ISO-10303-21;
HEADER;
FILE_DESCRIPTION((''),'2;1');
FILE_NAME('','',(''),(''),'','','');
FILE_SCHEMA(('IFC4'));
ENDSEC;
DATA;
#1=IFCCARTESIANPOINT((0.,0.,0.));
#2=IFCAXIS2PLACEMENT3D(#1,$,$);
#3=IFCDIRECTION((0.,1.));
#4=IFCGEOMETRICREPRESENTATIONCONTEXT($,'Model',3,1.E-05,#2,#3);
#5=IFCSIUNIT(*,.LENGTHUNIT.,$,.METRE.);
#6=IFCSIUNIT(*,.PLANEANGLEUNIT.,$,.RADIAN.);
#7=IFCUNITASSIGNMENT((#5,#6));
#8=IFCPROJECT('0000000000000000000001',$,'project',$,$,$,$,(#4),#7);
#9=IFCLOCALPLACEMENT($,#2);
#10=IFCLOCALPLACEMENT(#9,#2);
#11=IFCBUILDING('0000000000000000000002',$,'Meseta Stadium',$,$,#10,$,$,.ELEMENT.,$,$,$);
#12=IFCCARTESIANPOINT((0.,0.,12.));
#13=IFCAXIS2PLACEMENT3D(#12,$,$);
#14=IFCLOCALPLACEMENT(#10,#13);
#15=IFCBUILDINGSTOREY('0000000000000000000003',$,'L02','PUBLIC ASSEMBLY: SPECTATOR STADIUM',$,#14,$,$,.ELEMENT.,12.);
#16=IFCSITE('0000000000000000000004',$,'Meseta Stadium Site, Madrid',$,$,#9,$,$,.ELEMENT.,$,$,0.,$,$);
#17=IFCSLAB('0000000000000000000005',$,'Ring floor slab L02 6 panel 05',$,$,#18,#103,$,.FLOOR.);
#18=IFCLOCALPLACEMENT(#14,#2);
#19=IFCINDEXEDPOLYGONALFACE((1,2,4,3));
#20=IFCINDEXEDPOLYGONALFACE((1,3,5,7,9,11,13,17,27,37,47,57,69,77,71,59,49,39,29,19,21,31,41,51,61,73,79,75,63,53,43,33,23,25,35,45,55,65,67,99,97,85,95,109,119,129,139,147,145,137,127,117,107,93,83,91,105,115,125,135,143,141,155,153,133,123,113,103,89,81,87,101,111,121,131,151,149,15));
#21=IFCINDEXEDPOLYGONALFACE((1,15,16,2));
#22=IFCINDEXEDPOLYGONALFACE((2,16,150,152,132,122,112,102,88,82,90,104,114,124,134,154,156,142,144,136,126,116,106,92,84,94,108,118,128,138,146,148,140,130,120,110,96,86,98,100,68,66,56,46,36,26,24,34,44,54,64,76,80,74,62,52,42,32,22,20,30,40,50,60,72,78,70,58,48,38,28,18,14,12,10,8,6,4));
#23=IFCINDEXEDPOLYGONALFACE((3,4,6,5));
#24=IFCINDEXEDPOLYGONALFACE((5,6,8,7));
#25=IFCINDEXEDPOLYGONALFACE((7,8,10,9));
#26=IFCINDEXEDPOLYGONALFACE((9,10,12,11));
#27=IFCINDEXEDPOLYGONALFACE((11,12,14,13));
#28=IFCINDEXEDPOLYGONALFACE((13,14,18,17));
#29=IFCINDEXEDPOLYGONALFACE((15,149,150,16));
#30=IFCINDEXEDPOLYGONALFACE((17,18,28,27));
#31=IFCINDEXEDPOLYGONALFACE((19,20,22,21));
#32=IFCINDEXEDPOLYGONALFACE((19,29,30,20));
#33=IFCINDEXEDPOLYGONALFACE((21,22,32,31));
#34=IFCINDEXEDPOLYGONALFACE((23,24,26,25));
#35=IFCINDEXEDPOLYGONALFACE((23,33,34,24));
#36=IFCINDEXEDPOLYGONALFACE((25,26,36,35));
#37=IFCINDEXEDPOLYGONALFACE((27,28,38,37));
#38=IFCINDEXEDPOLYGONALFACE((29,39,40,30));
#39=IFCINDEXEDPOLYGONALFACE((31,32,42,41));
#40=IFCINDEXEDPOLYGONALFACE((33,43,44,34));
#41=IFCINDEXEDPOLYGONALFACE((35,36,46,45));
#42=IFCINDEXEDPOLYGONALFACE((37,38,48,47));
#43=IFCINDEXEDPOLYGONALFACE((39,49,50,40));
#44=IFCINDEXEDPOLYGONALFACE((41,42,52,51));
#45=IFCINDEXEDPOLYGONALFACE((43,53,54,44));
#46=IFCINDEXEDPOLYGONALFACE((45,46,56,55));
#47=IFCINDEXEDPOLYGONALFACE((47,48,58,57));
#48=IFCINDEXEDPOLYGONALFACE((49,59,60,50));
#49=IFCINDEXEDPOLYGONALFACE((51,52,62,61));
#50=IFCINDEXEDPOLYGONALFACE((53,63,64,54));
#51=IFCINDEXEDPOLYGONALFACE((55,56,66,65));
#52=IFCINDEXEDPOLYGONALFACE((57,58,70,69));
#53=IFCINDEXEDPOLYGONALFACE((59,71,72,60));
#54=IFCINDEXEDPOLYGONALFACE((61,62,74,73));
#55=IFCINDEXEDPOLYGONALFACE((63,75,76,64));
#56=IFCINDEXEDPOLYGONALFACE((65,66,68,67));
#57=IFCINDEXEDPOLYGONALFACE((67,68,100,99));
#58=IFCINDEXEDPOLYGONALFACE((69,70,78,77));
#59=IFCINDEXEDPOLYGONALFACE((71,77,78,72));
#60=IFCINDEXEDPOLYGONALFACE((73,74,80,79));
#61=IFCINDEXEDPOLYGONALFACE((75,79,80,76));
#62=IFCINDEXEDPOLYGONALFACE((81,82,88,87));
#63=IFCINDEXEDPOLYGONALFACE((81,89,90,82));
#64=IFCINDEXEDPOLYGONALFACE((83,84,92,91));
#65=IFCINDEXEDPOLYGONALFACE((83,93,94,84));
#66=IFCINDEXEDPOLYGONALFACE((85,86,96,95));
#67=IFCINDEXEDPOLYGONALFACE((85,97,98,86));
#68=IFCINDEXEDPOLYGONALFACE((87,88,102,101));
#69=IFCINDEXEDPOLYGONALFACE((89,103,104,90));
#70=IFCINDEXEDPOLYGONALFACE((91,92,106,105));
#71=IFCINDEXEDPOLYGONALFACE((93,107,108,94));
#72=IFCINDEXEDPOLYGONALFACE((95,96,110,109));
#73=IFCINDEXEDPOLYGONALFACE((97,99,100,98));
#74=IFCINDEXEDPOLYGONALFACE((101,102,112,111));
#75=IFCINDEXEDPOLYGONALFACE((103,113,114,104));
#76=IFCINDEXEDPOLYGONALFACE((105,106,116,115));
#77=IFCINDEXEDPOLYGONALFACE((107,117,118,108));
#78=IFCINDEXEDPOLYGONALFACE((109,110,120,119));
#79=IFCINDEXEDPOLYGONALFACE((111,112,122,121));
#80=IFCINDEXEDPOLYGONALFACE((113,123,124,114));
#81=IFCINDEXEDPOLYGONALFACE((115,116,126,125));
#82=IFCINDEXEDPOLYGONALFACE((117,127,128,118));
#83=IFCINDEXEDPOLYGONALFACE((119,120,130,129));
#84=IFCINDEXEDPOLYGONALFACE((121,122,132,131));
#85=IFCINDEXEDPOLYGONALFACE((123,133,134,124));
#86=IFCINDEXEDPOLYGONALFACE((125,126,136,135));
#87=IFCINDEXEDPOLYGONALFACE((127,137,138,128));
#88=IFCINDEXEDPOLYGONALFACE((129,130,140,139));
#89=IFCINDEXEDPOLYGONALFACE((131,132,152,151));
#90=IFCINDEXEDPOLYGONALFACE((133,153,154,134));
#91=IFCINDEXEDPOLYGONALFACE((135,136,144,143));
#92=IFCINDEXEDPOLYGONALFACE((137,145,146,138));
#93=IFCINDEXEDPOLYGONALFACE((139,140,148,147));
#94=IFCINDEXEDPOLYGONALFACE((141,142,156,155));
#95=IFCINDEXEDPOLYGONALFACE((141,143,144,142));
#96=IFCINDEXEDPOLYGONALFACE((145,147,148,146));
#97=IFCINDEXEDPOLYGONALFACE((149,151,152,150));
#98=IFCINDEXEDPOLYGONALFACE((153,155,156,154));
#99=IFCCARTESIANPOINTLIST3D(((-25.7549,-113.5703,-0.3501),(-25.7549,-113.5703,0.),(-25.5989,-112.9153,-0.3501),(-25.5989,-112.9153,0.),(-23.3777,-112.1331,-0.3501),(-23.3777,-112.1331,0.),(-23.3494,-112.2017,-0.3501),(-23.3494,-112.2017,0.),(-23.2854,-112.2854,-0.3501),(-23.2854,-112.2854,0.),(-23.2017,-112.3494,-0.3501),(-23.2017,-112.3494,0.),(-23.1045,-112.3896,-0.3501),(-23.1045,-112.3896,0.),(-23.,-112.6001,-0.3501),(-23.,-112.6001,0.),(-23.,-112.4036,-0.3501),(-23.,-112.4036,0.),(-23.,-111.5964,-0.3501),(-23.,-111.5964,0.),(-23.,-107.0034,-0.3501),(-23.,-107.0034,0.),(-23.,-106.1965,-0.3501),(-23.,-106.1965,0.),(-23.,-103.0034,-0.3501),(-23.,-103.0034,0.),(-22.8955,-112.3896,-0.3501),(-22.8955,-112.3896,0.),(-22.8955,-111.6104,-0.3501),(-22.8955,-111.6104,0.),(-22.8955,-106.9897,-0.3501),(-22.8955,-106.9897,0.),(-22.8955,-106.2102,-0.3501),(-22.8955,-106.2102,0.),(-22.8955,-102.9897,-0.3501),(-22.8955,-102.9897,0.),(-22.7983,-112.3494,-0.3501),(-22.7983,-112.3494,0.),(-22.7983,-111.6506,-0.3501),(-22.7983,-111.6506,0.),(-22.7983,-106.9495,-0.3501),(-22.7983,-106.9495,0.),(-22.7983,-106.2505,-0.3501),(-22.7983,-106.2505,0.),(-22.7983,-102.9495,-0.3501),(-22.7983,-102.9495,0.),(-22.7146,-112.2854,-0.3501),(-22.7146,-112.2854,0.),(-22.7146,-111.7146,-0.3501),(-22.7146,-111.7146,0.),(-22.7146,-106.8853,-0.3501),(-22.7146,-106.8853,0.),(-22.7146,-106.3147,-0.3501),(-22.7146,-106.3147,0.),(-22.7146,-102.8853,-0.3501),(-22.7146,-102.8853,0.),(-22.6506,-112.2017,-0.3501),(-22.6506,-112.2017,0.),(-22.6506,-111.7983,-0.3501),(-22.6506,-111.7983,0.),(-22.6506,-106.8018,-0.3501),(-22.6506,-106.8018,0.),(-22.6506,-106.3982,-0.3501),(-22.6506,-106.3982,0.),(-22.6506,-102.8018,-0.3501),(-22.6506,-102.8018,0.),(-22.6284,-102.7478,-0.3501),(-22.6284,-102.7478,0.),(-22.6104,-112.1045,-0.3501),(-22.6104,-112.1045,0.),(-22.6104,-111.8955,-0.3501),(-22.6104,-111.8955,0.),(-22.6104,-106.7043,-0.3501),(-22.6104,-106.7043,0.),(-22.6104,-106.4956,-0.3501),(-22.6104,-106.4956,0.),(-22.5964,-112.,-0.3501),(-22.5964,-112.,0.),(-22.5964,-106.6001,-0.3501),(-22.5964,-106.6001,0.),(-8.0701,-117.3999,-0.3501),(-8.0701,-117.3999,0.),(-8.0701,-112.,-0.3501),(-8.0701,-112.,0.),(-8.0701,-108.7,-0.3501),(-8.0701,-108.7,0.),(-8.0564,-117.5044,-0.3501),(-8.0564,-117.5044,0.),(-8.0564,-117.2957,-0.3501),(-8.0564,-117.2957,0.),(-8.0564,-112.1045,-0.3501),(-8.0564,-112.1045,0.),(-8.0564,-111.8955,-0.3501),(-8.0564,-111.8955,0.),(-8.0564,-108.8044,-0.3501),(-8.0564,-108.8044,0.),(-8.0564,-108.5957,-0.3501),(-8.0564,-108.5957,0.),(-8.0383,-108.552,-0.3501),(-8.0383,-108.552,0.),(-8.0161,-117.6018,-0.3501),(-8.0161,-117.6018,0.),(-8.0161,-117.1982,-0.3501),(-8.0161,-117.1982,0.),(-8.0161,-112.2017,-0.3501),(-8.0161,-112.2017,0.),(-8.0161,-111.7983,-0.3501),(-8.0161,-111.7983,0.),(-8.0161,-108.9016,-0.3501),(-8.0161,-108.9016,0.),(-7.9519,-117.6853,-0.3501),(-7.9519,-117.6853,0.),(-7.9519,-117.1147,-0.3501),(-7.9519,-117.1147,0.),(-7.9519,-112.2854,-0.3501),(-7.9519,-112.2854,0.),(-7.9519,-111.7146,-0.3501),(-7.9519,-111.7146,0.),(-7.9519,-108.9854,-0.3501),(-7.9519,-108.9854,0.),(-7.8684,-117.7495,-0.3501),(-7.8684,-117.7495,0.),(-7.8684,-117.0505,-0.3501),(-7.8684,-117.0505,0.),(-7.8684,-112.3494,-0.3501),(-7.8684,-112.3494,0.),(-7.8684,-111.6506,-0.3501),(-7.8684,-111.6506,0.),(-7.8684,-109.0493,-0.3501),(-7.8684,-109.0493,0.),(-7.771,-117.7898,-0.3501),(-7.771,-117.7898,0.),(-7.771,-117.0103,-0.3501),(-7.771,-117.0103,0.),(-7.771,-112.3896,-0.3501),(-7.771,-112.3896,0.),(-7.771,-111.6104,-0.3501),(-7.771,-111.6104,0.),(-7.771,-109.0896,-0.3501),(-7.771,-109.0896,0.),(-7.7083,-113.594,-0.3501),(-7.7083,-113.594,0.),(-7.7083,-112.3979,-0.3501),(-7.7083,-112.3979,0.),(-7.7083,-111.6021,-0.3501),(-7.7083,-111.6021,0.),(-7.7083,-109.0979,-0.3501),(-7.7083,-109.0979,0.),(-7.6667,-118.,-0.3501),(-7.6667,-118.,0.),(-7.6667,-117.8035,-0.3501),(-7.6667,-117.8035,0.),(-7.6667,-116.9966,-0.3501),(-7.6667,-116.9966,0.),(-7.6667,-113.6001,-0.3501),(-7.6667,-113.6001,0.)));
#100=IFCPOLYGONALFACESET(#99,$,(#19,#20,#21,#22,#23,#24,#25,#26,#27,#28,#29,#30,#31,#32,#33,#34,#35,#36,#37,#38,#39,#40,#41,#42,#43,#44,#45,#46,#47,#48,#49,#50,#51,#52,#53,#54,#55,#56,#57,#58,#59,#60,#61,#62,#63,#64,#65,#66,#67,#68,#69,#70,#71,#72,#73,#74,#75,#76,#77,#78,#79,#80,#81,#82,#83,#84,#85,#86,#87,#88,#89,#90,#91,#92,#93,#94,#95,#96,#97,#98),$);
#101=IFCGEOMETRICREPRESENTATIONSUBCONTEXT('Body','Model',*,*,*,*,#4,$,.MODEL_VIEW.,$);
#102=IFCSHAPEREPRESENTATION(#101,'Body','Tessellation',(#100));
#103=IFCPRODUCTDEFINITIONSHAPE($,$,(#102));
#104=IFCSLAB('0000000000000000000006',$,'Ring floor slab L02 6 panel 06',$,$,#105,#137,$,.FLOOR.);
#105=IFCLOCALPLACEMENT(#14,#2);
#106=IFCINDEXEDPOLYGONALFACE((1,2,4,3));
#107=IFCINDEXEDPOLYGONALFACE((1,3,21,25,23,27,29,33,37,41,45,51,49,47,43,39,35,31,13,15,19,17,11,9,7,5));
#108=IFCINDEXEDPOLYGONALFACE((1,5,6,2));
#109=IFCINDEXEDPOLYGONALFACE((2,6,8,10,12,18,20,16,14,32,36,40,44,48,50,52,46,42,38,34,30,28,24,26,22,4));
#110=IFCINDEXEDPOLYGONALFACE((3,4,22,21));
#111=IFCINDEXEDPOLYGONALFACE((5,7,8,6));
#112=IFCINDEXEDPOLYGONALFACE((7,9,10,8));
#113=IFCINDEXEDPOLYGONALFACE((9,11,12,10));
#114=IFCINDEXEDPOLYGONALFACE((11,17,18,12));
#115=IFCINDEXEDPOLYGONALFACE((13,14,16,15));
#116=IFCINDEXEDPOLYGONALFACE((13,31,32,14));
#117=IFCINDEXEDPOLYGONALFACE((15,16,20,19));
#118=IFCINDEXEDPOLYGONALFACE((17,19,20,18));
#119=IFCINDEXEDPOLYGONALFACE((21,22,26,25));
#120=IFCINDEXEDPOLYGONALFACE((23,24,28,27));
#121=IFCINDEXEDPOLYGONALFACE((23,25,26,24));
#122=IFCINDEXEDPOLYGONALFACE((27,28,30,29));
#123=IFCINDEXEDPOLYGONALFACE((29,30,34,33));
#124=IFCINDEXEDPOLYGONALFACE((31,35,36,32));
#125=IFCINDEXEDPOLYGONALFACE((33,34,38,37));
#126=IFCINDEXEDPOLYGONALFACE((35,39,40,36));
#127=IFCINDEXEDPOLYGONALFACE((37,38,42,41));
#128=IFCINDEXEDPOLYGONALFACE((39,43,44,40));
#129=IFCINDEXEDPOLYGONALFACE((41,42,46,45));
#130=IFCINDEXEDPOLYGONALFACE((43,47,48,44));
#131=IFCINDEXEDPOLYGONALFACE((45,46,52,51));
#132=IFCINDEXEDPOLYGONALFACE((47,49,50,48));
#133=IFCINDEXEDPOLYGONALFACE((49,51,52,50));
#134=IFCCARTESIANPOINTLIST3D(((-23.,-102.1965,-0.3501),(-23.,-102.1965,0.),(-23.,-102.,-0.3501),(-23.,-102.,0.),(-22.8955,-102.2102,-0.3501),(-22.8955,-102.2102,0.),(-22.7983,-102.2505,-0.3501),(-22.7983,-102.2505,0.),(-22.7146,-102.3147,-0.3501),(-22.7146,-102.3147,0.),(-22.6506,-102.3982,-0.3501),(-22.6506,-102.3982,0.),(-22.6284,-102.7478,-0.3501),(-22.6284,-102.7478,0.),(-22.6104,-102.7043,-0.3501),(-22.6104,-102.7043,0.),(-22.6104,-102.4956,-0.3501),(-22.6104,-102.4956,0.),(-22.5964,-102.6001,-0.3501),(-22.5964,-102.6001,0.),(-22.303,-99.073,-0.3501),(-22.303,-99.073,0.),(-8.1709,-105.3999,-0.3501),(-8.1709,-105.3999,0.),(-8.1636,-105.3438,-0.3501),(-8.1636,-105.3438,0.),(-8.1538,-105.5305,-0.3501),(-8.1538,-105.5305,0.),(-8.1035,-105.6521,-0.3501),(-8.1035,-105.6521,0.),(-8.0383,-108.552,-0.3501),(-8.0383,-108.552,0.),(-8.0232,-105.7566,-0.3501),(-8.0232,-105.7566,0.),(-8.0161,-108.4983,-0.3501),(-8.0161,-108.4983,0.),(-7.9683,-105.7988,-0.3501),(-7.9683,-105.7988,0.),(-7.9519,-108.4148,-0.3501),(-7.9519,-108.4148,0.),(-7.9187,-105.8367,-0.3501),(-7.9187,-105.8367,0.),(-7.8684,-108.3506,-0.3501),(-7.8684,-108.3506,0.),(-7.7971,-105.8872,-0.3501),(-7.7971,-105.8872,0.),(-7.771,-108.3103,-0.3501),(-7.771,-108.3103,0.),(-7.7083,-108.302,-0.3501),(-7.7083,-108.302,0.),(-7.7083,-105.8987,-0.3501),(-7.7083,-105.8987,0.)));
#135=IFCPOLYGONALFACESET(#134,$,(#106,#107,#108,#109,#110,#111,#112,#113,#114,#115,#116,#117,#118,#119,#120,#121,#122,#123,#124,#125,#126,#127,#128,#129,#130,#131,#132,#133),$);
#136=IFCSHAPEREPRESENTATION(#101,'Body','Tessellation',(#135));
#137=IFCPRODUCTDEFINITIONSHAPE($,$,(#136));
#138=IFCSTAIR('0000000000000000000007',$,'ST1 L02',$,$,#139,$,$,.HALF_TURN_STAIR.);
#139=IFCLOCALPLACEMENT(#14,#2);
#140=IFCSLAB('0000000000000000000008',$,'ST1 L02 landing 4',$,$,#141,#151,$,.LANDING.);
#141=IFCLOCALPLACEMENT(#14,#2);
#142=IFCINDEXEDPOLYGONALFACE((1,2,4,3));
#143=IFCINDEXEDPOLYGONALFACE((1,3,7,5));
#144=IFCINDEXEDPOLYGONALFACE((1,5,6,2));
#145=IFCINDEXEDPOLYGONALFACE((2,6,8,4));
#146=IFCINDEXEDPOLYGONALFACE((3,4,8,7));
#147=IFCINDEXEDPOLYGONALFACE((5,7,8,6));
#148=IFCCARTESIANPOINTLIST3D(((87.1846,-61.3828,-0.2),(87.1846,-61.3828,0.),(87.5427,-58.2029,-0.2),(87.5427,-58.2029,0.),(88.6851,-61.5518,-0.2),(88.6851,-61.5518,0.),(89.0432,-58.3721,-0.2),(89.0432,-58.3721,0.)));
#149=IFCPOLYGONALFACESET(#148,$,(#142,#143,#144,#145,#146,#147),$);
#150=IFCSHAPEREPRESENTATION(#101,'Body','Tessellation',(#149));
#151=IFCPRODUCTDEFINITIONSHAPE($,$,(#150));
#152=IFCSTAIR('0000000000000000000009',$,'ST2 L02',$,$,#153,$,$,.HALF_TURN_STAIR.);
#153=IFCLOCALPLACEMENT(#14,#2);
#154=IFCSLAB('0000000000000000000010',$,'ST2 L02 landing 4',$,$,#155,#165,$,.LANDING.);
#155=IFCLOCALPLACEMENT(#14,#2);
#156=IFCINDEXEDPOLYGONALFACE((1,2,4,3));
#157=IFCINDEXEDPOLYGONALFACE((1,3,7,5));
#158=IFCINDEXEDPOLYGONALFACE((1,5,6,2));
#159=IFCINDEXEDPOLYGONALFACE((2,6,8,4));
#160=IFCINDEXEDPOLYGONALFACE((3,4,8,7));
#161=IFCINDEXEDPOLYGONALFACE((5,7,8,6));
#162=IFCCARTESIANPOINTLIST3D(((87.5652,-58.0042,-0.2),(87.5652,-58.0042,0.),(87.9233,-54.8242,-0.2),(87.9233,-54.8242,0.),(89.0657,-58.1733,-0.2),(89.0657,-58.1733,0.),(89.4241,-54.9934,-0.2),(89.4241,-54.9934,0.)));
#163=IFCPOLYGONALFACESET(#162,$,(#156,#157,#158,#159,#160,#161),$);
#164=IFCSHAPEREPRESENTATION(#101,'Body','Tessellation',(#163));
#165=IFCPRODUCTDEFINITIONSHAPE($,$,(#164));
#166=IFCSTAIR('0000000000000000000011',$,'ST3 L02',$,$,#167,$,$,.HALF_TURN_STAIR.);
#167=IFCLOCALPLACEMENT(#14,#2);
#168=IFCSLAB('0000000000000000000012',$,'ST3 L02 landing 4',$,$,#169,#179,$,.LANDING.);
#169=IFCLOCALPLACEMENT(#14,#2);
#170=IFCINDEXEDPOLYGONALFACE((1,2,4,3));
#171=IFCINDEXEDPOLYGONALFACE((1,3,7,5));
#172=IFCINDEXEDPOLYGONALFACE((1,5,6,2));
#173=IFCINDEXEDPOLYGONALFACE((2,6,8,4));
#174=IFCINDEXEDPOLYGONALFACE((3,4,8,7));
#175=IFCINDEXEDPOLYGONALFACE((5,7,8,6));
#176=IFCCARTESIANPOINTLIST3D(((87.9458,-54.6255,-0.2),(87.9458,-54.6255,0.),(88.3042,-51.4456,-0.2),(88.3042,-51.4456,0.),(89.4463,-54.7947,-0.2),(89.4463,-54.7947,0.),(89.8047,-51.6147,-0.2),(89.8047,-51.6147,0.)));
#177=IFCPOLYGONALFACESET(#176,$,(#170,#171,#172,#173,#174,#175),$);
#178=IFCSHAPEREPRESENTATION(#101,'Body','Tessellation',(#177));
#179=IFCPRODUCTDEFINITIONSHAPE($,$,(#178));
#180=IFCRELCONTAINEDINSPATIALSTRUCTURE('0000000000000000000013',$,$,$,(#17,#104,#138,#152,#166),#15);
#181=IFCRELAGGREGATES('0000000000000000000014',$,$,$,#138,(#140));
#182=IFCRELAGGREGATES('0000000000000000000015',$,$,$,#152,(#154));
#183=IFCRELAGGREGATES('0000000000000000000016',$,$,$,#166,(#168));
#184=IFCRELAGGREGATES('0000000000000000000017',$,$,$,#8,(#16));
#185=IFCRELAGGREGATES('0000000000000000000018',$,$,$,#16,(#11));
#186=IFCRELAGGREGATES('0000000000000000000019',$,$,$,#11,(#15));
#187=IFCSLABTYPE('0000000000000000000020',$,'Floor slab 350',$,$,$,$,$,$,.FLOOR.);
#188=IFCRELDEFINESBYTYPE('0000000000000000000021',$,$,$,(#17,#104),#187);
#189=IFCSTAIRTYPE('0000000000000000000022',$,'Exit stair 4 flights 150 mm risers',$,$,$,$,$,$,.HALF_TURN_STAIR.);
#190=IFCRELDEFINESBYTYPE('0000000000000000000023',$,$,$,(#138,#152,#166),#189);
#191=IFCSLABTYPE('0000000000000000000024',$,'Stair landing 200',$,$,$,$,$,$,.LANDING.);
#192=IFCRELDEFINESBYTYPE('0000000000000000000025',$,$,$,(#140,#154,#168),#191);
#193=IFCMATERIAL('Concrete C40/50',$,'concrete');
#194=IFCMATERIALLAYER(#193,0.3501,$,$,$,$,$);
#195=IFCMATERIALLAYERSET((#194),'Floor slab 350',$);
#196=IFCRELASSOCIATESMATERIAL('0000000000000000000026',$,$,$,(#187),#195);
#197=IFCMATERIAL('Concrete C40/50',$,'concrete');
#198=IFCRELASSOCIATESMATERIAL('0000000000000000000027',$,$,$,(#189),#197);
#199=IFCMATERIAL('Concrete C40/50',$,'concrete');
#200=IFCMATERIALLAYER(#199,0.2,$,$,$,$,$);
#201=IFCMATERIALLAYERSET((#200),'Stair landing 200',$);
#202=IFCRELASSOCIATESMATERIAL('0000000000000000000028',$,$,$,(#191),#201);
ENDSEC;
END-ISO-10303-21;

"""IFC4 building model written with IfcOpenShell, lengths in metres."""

from ifc_helpers import new_model, si_unit, direction, frame, origin, place, context, subcontext, project, spatial, polyline, outline, extrude, material, layer, layer_set, type_object, element, aggregate, save


model = new_model("IFC4")

# Units and contexts
model_context = context("Model", 3, precision=1e-05, world=origin(), true_north=direction((0.0, 1.0)))
body_context = subcontext(model_context, "Body", "Model", "MODEL_VIEW")
ifc_project = project(units=[si_unit("LENGTHUNIT", "METRE"), si_unit("PLANEANGLEUNIT", "RADIAN")], contexts=[model_context])

# Site, building, storey
site_placement = place(None, origin())
site = spatial("IfcSite", under=ifc_project, at=site_placement, Name="Meseta Stadium Site, Madrid", CompositionType="ELEMENT", RefElevation=0.0)
building_placement = place(site_placement, origin())
building = spatial("IfcBuilding", under=site, at=building_placement, Name="Meseta Stadium", CompositionType="ELEMENT")
storey_placement = place(building_placement, frame((0.0, 0.0, 12.0)))
storey = spatial("IfcBuildingStorey", under=building, at=storey_placement, Name="L02", Description="PUBLIC ASSEMBLY: SPECTATOR STADIUM", CompositionType="ELEMENT", Elevation=12.0)

# Slabs
ifc_material_1 = material(Name="Concrete C40/50", Category="concrete")
ifc_layer_1 = layer(ifc_material_1, 0.3501)
ifc_layer_set_1 = layer_set([ifc_layer_1], Name="Floor slab 350")
slab_type_1 = type_object("IfcSlabType", Name="Floor slab 350", PredefinedType="FLOOR", material=ifc_layer_set_1)
slab_1_placement = place(storey_placement, frame((0.0, 0.0, -0.3501)))
element("IfcSlab", 1, at=slab_1_placement, inside=storey, type_object=slab_type_1, Name="Ring floor slab L02 6 panel 05", PredefinedType="FLOOR", context=body_context, shape_type="SweptSolid", body=[
    extrude(outline(polyline([(-7.6667, -116.9966), (-7.6667, -113.6001), (-7.7083, -113.594), (-7.7083, -112.3979), (-7.771, -112.3896), (-7.8684, -112.3494), (-7.9519, -112.2854), (-8.0161, -112.2017), (-8.0564, -112.1045), (-8.0701, -112.0), (-8.0564, -111.8955), (-8.0161, -111.7983), (-7.9519, -111.7146), (-7.8684, -111.6506), (-7.771, -111.6104), (-7.7083, -111.6021), (-7.7083, -109.0979), (-7.771, -109.0896), (-7.8684, -109.0493), (-7.9519, -108.9854), (-8.0161, -108.9016), (-8.0564, -108.8044), (-8.0701, -108.7), (-8.0564, -108.5957), (-8.0383, -108.552), (-22.6284, -102.7478), (-22.6506, -102.8018), (-22.7146, -102.8853), (-22.7983, -102.9495), (-22.8955, -102.9897), (-23.0, -103.0034), (-23.0, -106.1965), (-22.8955, -106.2102), (-22.7983, -106.2505), (-22.7146, -106.3147), (-22.6506, -106.3982), (-22.6104, -106.4956), (-22.5964, -106.6001), (-22.6104, -106.7043), (-22.6506, -106.8018), (-22.7146, -106.8853), (-22.7983, -106.9495), (-22.8955, -106.9897), (-23.0, -107.0034), (-23.0, -111.5964), (-22.8955, -111.6104), (-22.7983, -111.6506), (-22.7146, -111.7146), (-22.6506, -111.7983), (-22.6104, -111.8955), (-22.5964, -112.0), (-22.6104, -112.1045), (-22.6506, -112.2017), (-22.7146, -112.2854), (-22.7983, -112.3494), (-22.8955, -112.3896), (-23.0, -112.4036), (-23.1045, -112.3896), (-23.2017, -112.3494), (-23.2854, -112.2854), (-23.3494, -112.2017), (-23.3777, -112.1331), (-25.5989, -112.9153), (-25.7549, -113.5703), (-23.0, -112.6001), (-7.6667, -118.0), (-7.6667, -117.8035), (-7.771, -117.7898), (-7.8684, -117.7495), (-7.9519, -117.6853), (-8.0161, -117.6018), (-8.0564, -117.5044), (-8.0701, -117.3999), (-8.0564, -117.2957), (-8.0161, -117.1982), (-7.9519, -117.1147), (-7.8684, -117.0505), (-7.771, -117.0103), (-7.6667, -116.9966)])), origin(), (0.0, 0.0, 1.0), 0.3501),
])
slab_2_placement = place(storey_placement, frame((0.0, 0.0, -0.3501)))
element("IfcSlab", 2, at=slab_2_placement, inside=storey, type_object=slab_type_1, Name="Ring floor slab L02 6 panel 06", PredefinedType="FLOOR", context=body_context, shape_type="SweptSolid", body=[
    extrude(outline(polyline([(-7.771, -108.3103), (-7.7083, -108.302), (-7.7083, -105.8987), (-7.7971, -105.8872), (-7.9187, -105.8367), (-7.9683, -105.7988), (-8.0232, -105.7566), (-8.1035, -105.6521), (-8.1538, -105.5305), (-8.1709, -105.3999), (-8.1636, -105.3438), (-22.303, -99.073), (-23.0, -102.0), (-23.0, -102.1965), (-22.8955, -102.2102), (-22.7983, -102.2505), (-22.7146, -102.3147), (-22.6506, -102.3982), (-22.6104, -102.4956), (-22.5964, -102.6001), (-22.6104, -102.7043), (-22.6284, -102.7478), (-8.0383, -108.552), (-8.0161, -108.4983), (-7.9519, -108.4148), (-7.8684, -108.3506), (-7.771, -108.3103)])), origin(), (0.0, 0.0, 1.0), 0.3501),
])

# Stairs, slabs
ifc_material_2 = material(Name="Concrete C40/50", Category="concrete")
stair_type = type_object("IfcStairType", Name="Exit stair 4 flights 150 mm risers", PredefinedType="HALF_TURN_STAIR", material=ifc_material_2)
stair_1_placement = place(storey_placement, origin())
stair_1 = element("IfcStair", 3, at=stair_1_placement, inside=storey, type_object=stair_type, Name="ST1 L02", PredefinedType="HALF_TURN_STAIR")
ifc_material_3 = material(Name="Concrete C40/50", Category="concrete")
ifc_layer_2 = layer(ifc_material_3, 0.2)
ifc_layer_set_2 = layer_set([ifc_layer_2], Name="Stair landing 200")
slab_type_2 = type_object("IfcSlabType", Name="Stair landing 200", PredefinedType="LANDING", material=ifc_layer_set_2)
slab_3_placement = place(storey_placement, frame((0.0, 0.0, -0.2)))
slab_3 = element("IfcSlab", 4, at=slab_3_placement, type_object=slab_type_2, Name="ST1 L02 landing 4", PredefinedType="LANDING", context=body_context, shape_type="SweptSolid", body=[
    extrude(outline(polyline([(87.1846, -61.3828), (88.6851, -61.5518), (89.0432, -58.3721), (87.5427, -58.2029), (87.1846, -61.3828)])), origin(), (0.0, 0.0, 1.0), 0.2),
])
aggregate(stair_1, [slab_3])
stair_2_placement = place(storey_placement, origin())
stair_2 = element("IfcStair", 5, at=stair_2_placement, inside=storey, type_object=stair_type, Name="ST2 L02", PredefinedType="HALF_TURN_STAIR")
slab_4_placement = place(storey_placement, frame((0.0, 0.0, -0.2)))
slab_4 = element("IfcSlab", 6, at=slab_4_placement, type_object=slab_type_2, Name="ST2 L02 landing 4", PredefinedType="LANDING", context=body_context, shape_type="SweptSolid", body=[
    extrude(outline(polyline([(87.5652, -58.0042), (89.0657, -58.1733), (89.4241, -54.9934), (87.9233, -54.8242), (87.5652, -58.0042)])), origin(), (0.0, 0.0, 1.0), 0.2),
])
aggregate(stair_2, [slab_4])
stair_3_placement = place(storey_placement, origin())
stair_3 = element("IfcStair", 7, at=stair_3_placement, inside=storey, type_object=stair_type, Name="ST3 L02", PredefinedType="HALF_TURN_STAIR")
slab_5_placement = place(storey_placement, frame((0.0, 0.0, -0.2)))
slab_5 = element("IfcSlab", 8, at=slab_5_placement, type_object=slab_type_2, Name="ST3 L02 landing 4", PredefinedType="LANDING", context=body_context, shape_type="SweptSolid", body=[
    extrude(outline(polyline([(87.9458, -54.6255), (89.4463, -54.7947), (89.8047, -51.6147), (88.3042, -51.4456), (87.9458, -54.6255)])), origin(), (0.0, 0.0, 1.0), 0.2),
])
aggregate(stair_3, [slab_5])

save(model, "model.ifc")
